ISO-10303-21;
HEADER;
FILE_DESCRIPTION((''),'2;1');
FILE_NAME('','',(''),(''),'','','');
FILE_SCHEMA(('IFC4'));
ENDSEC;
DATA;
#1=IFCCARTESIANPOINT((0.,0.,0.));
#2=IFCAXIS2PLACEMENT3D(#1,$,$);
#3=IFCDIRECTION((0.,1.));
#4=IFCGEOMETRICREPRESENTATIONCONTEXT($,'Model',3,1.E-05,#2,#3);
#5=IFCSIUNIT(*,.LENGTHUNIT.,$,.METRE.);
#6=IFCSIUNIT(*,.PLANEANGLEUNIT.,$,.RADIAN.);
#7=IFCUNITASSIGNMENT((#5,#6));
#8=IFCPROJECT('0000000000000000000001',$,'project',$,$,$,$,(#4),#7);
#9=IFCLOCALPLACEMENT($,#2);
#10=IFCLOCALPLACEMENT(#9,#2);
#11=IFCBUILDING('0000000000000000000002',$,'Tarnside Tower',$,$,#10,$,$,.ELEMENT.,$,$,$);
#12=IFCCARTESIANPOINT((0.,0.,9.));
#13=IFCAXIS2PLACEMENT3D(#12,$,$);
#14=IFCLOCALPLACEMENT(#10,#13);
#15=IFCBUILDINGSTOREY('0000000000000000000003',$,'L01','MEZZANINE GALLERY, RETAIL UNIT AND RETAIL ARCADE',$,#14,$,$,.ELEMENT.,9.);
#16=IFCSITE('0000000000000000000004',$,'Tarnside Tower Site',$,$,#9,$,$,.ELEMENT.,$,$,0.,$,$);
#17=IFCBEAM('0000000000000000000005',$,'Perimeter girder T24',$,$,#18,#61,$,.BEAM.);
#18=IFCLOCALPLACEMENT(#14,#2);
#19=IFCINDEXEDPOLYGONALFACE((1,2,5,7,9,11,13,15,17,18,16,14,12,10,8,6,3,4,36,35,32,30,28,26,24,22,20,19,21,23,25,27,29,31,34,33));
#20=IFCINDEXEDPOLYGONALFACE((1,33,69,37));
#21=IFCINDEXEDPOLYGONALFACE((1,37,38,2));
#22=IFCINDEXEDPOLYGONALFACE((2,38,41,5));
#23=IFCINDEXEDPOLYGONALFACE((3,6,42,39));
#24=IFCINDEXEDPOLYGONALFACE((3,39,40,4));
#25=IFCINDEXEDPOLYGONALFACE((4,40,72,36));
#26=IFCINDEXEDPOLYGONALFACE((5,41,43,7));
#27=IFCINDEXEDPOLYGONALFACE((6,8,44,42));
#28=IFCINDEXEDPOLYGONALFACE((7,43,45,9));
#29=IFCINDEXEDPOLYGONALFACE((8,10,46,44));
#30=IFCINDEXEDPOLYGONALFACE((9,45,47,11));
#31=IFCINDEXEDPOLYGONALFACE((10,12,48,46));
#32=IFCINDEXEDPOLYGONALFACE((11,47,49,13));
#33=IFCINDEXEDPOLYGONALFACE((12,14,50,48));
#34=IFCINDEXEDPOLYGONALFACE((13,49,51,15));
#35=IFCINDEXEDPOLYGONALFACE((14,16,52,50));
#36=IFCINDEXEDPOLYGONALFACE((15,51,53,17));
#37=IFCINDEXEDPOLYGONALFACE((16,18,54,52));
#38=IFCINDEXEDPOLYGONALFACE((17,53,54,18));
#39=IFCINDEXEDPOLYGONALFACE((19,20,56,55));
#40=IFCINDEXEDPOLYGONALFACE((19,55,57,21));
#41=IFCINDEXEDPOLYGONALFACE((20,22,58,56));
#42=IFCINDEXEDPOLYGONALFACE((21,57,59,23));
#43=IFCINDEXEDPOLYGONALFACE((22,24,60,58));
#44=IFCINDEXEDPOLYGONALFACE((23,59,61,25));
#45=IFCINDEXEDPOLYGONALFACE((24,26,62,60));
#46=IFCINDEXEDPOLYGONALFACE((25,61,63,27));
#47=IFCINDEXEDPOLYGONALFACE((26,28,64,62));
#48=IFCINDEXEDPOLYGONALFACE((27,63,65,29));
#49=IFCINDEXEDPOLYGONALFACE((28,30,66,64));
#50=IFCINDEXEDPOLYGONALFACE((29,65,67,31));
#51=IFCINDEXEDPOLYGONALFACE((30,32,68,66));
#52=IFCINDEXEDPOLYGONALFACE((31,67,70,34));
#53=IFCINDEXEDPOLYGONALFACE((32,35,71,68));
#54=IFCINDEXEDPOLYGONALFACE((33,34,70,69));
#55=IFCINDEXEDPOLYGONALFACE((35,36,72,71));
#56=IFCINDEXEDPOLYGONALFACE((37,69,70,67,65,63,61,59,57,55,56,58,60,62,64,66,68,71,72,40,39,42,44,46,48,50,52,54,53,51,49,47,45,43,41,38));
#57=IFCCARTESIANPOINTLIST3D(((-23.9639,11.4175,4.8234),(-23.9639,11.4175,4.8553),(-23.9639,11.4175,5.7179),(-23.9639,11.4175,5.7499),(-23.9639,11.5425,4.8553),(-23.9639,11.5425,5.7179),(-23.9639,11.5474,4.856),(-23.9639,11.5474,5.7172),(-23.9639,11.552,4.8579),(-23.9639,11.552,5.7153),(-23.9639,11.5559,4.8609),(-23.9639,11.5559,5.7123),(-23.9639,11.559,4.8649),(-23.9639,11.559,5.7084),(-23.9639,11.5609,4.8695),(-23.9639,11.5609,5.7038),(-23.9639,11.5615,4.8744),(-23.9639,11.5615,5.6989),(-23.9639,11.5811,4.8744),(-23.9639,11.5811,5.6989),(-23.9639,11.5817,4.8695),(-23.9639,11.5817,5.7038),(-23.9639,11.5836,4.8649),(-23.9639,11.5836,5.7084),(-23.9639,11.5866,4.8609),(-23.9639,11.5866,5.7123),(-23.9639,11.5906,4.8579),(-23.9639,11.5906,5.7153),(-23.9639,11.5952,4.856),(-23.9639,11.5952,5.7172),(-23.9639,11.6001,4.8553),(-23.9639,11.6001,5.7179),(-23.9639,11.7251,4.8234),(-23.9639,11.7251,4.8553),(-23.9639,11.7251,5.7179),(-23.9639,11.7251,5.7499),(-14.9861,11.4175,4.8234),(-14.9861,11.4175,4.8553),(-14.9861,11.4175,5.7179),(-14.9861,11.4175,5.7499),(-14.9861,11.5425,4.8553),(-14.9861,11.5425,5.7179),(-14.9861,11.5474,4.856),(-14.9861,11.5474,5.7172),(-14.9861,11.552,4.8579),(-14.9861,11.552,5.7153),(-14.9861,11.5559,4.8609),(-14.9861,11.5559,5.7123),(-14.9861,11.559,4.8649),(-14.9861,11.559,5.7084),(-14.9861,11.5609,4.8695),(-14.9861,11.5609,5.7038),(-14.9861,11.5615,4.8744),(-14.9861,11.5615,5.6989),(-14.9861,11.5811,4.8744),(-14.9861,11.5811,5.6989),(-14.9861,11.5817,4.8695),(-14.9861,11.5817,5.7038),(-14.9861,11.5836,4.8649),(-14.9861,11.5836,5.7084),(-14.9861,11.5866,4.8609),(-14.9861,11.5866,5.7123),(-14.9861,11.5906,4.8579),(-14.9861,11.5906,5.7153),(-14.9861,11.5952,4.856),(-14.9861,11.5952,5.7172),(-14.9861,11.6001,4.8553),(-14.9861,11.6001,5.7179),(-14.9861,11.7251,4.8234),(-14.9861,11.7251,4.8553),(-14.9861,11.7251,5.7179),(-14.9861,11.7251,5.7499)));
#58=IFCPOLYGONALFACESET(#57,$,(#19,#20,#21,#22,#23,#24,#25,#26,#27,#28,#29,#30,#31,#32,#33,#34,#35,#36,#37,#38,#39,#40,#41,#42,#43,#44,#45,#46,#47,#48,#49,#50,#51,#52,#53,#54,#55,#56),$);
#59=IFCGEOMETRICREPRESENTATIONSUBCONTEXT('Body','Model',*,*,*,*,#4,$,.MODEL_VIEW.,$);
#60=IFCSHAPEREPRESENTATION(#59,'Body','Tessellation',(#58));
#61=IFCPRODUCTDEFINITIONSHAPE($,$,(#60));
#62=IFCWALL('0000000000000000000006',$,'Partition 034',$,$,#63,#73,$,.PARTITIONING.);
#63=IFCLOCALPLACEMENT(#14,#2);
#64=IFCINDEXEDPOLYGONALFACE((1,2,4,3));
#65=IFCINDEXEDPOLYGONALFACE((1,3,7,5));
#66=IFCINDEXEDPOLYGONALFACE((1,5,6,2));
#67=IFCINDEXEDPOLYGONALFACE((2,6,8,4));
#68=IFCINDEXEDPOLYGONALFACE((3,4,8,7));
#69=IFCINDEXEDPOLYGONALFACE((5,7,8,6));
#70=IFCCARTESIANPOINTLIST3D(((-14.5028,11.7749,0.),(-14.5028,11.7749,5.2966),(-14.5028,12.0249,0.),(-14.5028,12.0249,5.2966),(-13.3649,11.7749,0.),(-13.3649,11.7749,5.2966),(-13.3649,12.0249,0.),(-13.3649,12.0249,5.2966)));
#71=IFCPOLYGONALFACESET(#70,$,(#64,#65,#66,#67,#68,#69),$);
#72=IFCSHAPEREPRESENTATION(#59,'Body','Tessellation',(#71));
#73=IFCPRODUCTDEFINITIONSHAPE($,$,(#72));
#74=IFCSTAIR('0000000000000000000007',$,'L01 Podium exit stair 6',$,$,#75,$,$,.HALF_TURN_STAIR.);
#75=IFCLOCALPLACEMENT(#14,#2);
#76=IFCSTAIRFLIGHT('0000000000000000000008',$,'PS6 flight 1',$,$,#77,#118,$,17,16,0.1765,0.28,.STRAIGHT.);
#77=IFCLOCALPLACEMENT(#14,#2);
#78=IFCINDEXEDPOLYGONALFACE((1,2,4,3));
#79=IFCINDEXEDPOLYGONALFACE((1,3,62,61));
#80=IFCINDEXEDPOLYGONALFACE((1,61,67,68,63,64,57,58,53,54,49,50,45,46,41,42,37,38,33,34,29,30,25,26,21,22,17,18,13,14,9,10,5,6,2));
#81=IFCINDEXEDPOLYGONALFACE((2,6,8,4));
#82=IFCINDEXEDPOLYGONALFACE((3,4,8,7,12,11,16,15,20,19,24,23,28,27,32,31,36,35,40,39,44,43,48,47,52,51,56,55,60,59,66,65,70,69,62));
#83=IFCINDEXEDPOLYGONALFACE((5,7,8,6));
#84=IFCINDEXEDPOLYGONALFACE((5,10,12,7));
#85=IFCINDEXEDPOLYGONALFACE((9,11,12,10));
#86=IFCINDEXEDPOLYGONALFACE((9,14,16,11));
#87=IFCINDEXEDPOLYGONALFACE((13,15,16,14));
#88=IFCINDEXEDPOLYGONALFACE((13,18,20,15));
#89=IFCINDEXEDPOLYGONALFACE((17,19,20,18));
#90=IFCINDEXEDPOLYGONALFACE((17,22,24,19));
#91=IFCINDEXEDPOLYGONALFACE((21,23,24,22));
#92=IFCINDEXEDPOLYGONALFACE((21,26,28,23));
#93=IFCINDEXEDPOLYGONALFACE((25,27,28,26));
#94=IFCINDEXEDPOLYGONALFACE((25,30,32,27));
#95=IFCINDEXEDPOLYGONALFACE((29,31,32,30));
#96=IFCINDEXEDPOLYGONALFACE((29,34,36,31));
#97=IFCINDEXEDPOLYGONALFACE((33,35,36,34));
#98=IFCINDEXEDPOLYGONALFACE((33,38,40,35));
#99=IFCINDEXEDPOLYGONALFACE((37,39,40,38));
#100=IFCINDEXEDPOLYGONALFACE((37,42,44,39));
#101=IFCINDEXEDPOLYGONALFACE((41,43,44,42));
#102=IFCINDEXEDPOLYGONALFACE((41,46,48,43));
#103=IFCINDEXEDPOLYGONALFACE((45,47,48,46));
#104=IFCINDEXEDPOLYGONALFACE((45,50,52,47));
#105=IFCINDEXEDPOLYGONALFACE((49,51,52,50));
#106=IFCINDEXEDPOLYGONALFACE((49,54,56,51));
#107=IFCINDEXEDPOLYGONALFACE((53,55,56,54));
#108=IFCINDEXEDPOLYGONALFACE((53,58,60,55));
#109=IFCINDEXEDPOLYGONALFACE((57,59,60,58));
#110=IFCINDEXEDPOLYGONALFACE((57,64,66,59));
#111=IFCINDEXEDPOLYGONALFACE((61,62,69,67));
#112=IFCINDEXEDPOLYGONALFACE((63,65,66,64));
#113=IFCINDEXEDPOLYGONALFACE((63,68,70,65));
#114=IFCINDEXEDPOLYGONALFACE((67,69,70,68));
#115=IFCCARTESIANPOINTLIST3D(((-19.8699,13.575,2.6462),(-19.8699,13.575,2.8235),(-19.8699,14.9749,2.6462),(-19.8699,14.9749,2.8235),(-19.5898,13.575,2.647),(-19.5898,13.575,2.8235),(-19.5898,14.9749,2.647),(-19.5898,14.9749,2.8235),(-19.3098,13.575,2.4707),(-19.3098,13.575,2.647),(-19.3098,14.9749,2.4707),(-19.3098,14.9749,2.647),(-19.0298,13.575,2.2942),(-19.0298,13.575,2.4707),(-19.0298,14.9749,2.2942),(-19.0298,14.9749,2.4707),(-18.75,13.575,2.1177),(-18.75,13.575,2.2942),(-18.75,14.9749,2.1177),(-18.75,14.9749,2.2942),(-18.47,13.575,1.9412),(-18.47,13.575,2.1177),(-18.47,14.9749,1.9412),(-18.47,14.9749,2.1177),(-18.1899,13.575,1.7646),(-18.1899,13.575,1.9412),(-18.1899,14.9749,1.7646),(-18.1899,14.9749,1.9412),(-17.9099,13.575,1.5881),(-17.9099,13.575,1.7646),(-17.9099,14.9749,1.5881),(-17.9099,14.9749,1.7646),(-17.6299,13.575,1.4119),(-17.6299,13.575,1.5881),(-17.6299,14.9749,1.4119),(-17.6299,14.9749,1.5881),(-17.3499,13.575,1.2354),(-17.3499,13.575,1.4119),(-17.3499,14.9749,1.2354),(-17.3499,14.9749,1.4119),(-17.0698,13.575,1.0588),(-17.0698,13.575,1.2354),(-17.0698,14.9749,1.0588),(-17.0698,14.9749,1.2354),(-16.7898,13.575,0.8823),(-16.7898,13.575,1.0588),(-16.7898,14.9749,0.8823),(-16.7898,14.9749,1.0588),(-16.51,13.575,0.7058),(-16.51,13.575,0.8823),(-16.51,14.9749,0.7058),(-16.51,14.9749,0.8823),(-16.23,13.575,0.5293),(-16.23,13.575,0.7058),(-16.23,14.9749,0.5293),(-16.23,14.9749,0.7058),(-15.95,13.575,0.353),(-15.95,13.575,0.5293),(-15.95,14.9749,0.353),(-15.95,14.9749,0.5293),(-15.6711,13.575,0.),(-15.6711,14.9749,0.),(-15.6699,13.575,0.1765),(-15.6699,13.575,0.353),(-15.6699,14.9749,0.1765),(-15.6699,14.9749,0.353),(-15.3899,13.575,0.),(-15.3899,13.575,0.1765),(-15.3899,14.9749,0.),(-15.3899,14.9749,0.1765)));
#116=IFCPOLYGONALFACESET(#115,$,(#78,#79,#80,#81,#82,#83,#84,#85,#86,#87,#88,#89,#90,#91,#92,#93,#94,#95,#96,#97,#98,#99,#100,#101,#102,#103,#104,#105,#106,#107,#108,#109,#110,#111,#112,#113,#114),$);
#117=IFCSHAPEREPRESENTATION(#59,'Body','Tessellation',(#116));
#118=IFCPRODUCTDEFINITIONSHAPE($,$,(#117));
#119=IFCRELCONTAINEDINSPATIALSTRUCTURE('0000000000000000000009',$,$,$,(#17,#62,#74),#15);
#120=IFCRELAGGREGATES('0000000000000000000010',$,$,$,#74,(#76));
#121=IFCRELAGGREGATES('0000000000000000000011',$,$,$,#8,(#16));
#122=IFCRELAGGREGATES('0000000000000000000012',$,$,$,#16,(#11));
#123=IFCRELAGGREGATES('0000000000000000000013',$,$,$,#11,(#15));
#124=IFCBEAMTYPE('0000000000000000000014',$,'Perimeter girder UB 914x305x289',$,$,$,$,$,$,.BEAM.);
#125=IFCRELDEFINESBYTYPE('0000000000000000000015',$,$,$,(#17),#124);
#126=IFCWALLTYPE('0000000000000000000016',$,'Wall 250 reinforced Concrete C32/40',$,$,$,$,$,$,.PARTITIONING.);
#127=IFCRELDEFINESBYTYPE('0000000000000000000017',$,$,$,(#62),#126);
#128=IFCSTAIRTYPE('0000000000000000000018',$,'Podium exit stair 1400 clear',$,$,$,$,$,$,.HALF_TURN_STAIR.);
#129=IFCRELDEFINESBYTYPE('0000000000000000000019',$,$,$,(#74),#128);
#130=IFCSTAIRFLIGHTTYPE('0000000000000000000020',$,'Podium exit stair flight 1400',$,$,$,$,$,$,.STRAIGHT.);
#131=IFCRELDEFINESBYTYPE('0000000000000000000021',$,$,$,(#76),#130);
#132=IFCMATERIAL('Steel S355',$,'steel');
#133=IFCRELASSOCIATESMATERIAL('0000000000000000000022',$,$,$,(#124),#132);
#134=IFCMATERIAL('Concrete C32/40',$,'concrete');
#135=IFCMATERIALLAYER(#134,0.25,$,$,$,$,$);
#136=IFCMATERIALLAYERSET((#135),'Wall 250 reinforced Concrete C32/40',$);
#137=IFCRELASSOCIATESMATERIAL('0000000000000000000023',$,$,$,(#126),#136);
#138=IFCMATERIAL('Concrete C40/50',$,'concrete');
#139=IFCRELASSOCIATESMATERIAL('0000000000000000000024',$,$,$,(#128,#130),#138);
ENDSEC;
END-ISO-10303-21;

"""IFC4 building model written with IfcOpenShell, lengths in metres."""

from ifc_helpers import new_model, si_unit, direction, frame, frame_2d, origin, origin_2d, place, context, subcontext, project, spatial, polyline, rectangle, i_section, outline, extrude, material, layer, layer_set, material_profile, profile_set, type_object, element, aggregate, save


model = new_model("IFC4")

# Units and contexts
model_context = context("Model", 3, precision=1e-05, world=origin(), true_north=direction((0.0, 1.0)))
body_context = subcontext(model_context, "Body", "Model", "MODEL_VIEW")
ifc_project = project(units=[si_unit("LENGTHUNIT", "METRE"), si_unit("PLANEANGLEUNIT", "RADIAN")], contexts=[model_context])

# Site, building, storey
site_placement = place(None, origin())
site = spatial("IfcSite", under=ifc_project, at=site_placement, Name="Tarnside Tower Site", CompositionType="ELEMENT", RefElevation=0.0)
building_placement = place(site_placement, origin())
building = spatial("IfcBuilding", under=site, at=building_placement, Name="Tarnside Tower", CompositionType="ELEMENT")
storey_placement = place(building_placement, frame((0.0, 0.0, 9.0)))
storey = spatial("IfcBuildingStorey", under=building, at=storey_placement, Name="L01", Description="MEZZANINE GALLERY, RETAIL UNIT AND RETAIL ARCADE", CompositionType="ELEMENT", Elevation=9.0)

# Beam
ifc_material_1 = material(Name="Steel S355", Category="steel")
ifc_material_profile_1 = material_profile(ifc_material_1, i_section(OverallWidth=0.3076, OverallDepth=0.9265, WebThickness=0.0195, FlangeThickness=0.032, FilletRadius=0.019, at=origin_2d()), Name="UB 914x305x289")
ifc_profile_set_1 = profile_set([ifc_material_profile_1], Name="Steel S355")
beam_type_1 = type_object("IfcBeamType", Name="Perimeter girder UB 914x305x289", PredefinedType="BEAM", material=ifc_profile_set_1)
beam_1_placement = place(storey_placement, frame((-14.9861, 11.5713, 5.2866), z_axis=(-1.0, 0.0, 0.0), x_axis=(0.0, -1.0, 0.0)))
element("IfcBeam", 1, at=beam_1_placement, inside=storey, type_object=beam_type_1, Name="Perimeter girder T24", PredefinedType="BEAM", context=body_context, shape_type="SweptSolid", body=[
    extrude(i_section(OverallWidth=0.3076, OverallDepth=0.9265, WebThickness=0.0195, FlangeThickness=0.032, FilletRadius=0.019, at=origin_2d()), origin(), (0.0, 0.0, 1.0), 8.9778),
])

# Wall
ifc_material_2 = material(Name="Concrete C32/40", Category="concrete")
ifc_layer = layer(ifc_material_2, 0.25)
ifc_layer_set = layer_set([ifc_layer], Name="Wall 250 reinforced Concrete C32/40")
wall_type = type_object("IfcWallType", Name="Wall 250 reinforced Concrete C32/40", PredefinedType="PARTITIONING", material=ifc_layer_set)
wall_placement = place(storey_placement, frame((-13.365, 11.8999, 0.0), z_axis=(0.0, 0.0, 1.0), x_axis=(-1.0, 0.0, 0.0)))
element("IfcWall", 2, at=wall_placement, inside=storey, type_object=wall_type, Name="Partition 034", PredefinedType="PARTITIONING", context=body_context, shape_type="SweptSolid", body=[
    extrude(rectangle(XDim=1.1379, YDim=0.25, at=frame_2d((0.5688, 0.0))), origin(), (0.0, 0.0, 1.0), 5.2966),
])

# Stair, stair flight
ifc_material_3 = material(Name="Concrete C40/50", Category="concrete")
stair_type = type_object("IfcStairType", Name="Podium exit stair 1400 clear", PredefinedType="HALF_TURN_STAIR", material=ifc_material_3)
stair_placement = place(storey_placement, origin())
stair = element("IfcStair", 3, at=stair_placement, inside=storey, type_object=stair_type, Name="L01 Podium exit stair 6", PredefinedType="HALF_TURN_STAIR")
stair_flight_type = type_object("IfcStairFlightType", Name="Podium exit stair flight 1400", PredefinedType="STRAIGHT", material=ifc_material_3)
stair_flight_placement = place(storey_placement, frame((-15.3899, 14.2749, 0.0), z_axis=(0.0, 0.0, 1.0), x_axis=(-1.0, 0.0, 0.0)))
stair_flight = element("IfcStairFlight", 4, at=stair_flight_placement, type_object=stair_flight_type, Name="PS6 flight 1", NumberOfRisers=17, NumberOfTreads=16, PredefinedType="STRAIGHT", RiserHeight=0.1765, TreadLength=0.28, context=body_context, shape_type="SweptSolid", body=[
    extrude(outline(polyline([(0.0, 0.0), (0.0, 0.1765), (0.28, 0.1765), (0.28, 0.353), (0.5601, 0.353), (0.5601, 0.5293), (0.8401, 0.5293), (0.8401, 0.7058), (1.1201, 0.7058), (1.1201, 0.8823), (1.3999, 0.8823), (1.3999, 1.0588), (1.6799, 1.0588), (1.6799, 1.2354), (1.96, 1.2354), (1.96, 1.4119), (2.24, 1.4119), (2.24, 1.5881), (2.52, 1.5881), (2.52, 1.7646), (2.8, 1.7646), (2.8, 1.9412), (3.0801, 1.9412), (3.0801, 2.1177), (3.3601, 2.1177), (3.3601, 2.2942), (3.6399, 2.2942), (3.6399, 2.4707), (3.9199, 2.4707), (3.9199, 2.647), (4.2, 2.647), (4.2, 2.8235), (4.48, 2.8235), (4.48, 3.0), (4.48, 2.6462), (0.2812, 0.0), (0.0, 0.0)])), frame((0.0, 0.7, 0.0), z_axis=(0.0, -1.0, 0.0), x_axis=(1.0, 0.0, 0.0)), (0.0, 0.0, 1.0), 1.3999),
])
aggregate(stair, [stair_flight])

save(model, "model.ifc")
